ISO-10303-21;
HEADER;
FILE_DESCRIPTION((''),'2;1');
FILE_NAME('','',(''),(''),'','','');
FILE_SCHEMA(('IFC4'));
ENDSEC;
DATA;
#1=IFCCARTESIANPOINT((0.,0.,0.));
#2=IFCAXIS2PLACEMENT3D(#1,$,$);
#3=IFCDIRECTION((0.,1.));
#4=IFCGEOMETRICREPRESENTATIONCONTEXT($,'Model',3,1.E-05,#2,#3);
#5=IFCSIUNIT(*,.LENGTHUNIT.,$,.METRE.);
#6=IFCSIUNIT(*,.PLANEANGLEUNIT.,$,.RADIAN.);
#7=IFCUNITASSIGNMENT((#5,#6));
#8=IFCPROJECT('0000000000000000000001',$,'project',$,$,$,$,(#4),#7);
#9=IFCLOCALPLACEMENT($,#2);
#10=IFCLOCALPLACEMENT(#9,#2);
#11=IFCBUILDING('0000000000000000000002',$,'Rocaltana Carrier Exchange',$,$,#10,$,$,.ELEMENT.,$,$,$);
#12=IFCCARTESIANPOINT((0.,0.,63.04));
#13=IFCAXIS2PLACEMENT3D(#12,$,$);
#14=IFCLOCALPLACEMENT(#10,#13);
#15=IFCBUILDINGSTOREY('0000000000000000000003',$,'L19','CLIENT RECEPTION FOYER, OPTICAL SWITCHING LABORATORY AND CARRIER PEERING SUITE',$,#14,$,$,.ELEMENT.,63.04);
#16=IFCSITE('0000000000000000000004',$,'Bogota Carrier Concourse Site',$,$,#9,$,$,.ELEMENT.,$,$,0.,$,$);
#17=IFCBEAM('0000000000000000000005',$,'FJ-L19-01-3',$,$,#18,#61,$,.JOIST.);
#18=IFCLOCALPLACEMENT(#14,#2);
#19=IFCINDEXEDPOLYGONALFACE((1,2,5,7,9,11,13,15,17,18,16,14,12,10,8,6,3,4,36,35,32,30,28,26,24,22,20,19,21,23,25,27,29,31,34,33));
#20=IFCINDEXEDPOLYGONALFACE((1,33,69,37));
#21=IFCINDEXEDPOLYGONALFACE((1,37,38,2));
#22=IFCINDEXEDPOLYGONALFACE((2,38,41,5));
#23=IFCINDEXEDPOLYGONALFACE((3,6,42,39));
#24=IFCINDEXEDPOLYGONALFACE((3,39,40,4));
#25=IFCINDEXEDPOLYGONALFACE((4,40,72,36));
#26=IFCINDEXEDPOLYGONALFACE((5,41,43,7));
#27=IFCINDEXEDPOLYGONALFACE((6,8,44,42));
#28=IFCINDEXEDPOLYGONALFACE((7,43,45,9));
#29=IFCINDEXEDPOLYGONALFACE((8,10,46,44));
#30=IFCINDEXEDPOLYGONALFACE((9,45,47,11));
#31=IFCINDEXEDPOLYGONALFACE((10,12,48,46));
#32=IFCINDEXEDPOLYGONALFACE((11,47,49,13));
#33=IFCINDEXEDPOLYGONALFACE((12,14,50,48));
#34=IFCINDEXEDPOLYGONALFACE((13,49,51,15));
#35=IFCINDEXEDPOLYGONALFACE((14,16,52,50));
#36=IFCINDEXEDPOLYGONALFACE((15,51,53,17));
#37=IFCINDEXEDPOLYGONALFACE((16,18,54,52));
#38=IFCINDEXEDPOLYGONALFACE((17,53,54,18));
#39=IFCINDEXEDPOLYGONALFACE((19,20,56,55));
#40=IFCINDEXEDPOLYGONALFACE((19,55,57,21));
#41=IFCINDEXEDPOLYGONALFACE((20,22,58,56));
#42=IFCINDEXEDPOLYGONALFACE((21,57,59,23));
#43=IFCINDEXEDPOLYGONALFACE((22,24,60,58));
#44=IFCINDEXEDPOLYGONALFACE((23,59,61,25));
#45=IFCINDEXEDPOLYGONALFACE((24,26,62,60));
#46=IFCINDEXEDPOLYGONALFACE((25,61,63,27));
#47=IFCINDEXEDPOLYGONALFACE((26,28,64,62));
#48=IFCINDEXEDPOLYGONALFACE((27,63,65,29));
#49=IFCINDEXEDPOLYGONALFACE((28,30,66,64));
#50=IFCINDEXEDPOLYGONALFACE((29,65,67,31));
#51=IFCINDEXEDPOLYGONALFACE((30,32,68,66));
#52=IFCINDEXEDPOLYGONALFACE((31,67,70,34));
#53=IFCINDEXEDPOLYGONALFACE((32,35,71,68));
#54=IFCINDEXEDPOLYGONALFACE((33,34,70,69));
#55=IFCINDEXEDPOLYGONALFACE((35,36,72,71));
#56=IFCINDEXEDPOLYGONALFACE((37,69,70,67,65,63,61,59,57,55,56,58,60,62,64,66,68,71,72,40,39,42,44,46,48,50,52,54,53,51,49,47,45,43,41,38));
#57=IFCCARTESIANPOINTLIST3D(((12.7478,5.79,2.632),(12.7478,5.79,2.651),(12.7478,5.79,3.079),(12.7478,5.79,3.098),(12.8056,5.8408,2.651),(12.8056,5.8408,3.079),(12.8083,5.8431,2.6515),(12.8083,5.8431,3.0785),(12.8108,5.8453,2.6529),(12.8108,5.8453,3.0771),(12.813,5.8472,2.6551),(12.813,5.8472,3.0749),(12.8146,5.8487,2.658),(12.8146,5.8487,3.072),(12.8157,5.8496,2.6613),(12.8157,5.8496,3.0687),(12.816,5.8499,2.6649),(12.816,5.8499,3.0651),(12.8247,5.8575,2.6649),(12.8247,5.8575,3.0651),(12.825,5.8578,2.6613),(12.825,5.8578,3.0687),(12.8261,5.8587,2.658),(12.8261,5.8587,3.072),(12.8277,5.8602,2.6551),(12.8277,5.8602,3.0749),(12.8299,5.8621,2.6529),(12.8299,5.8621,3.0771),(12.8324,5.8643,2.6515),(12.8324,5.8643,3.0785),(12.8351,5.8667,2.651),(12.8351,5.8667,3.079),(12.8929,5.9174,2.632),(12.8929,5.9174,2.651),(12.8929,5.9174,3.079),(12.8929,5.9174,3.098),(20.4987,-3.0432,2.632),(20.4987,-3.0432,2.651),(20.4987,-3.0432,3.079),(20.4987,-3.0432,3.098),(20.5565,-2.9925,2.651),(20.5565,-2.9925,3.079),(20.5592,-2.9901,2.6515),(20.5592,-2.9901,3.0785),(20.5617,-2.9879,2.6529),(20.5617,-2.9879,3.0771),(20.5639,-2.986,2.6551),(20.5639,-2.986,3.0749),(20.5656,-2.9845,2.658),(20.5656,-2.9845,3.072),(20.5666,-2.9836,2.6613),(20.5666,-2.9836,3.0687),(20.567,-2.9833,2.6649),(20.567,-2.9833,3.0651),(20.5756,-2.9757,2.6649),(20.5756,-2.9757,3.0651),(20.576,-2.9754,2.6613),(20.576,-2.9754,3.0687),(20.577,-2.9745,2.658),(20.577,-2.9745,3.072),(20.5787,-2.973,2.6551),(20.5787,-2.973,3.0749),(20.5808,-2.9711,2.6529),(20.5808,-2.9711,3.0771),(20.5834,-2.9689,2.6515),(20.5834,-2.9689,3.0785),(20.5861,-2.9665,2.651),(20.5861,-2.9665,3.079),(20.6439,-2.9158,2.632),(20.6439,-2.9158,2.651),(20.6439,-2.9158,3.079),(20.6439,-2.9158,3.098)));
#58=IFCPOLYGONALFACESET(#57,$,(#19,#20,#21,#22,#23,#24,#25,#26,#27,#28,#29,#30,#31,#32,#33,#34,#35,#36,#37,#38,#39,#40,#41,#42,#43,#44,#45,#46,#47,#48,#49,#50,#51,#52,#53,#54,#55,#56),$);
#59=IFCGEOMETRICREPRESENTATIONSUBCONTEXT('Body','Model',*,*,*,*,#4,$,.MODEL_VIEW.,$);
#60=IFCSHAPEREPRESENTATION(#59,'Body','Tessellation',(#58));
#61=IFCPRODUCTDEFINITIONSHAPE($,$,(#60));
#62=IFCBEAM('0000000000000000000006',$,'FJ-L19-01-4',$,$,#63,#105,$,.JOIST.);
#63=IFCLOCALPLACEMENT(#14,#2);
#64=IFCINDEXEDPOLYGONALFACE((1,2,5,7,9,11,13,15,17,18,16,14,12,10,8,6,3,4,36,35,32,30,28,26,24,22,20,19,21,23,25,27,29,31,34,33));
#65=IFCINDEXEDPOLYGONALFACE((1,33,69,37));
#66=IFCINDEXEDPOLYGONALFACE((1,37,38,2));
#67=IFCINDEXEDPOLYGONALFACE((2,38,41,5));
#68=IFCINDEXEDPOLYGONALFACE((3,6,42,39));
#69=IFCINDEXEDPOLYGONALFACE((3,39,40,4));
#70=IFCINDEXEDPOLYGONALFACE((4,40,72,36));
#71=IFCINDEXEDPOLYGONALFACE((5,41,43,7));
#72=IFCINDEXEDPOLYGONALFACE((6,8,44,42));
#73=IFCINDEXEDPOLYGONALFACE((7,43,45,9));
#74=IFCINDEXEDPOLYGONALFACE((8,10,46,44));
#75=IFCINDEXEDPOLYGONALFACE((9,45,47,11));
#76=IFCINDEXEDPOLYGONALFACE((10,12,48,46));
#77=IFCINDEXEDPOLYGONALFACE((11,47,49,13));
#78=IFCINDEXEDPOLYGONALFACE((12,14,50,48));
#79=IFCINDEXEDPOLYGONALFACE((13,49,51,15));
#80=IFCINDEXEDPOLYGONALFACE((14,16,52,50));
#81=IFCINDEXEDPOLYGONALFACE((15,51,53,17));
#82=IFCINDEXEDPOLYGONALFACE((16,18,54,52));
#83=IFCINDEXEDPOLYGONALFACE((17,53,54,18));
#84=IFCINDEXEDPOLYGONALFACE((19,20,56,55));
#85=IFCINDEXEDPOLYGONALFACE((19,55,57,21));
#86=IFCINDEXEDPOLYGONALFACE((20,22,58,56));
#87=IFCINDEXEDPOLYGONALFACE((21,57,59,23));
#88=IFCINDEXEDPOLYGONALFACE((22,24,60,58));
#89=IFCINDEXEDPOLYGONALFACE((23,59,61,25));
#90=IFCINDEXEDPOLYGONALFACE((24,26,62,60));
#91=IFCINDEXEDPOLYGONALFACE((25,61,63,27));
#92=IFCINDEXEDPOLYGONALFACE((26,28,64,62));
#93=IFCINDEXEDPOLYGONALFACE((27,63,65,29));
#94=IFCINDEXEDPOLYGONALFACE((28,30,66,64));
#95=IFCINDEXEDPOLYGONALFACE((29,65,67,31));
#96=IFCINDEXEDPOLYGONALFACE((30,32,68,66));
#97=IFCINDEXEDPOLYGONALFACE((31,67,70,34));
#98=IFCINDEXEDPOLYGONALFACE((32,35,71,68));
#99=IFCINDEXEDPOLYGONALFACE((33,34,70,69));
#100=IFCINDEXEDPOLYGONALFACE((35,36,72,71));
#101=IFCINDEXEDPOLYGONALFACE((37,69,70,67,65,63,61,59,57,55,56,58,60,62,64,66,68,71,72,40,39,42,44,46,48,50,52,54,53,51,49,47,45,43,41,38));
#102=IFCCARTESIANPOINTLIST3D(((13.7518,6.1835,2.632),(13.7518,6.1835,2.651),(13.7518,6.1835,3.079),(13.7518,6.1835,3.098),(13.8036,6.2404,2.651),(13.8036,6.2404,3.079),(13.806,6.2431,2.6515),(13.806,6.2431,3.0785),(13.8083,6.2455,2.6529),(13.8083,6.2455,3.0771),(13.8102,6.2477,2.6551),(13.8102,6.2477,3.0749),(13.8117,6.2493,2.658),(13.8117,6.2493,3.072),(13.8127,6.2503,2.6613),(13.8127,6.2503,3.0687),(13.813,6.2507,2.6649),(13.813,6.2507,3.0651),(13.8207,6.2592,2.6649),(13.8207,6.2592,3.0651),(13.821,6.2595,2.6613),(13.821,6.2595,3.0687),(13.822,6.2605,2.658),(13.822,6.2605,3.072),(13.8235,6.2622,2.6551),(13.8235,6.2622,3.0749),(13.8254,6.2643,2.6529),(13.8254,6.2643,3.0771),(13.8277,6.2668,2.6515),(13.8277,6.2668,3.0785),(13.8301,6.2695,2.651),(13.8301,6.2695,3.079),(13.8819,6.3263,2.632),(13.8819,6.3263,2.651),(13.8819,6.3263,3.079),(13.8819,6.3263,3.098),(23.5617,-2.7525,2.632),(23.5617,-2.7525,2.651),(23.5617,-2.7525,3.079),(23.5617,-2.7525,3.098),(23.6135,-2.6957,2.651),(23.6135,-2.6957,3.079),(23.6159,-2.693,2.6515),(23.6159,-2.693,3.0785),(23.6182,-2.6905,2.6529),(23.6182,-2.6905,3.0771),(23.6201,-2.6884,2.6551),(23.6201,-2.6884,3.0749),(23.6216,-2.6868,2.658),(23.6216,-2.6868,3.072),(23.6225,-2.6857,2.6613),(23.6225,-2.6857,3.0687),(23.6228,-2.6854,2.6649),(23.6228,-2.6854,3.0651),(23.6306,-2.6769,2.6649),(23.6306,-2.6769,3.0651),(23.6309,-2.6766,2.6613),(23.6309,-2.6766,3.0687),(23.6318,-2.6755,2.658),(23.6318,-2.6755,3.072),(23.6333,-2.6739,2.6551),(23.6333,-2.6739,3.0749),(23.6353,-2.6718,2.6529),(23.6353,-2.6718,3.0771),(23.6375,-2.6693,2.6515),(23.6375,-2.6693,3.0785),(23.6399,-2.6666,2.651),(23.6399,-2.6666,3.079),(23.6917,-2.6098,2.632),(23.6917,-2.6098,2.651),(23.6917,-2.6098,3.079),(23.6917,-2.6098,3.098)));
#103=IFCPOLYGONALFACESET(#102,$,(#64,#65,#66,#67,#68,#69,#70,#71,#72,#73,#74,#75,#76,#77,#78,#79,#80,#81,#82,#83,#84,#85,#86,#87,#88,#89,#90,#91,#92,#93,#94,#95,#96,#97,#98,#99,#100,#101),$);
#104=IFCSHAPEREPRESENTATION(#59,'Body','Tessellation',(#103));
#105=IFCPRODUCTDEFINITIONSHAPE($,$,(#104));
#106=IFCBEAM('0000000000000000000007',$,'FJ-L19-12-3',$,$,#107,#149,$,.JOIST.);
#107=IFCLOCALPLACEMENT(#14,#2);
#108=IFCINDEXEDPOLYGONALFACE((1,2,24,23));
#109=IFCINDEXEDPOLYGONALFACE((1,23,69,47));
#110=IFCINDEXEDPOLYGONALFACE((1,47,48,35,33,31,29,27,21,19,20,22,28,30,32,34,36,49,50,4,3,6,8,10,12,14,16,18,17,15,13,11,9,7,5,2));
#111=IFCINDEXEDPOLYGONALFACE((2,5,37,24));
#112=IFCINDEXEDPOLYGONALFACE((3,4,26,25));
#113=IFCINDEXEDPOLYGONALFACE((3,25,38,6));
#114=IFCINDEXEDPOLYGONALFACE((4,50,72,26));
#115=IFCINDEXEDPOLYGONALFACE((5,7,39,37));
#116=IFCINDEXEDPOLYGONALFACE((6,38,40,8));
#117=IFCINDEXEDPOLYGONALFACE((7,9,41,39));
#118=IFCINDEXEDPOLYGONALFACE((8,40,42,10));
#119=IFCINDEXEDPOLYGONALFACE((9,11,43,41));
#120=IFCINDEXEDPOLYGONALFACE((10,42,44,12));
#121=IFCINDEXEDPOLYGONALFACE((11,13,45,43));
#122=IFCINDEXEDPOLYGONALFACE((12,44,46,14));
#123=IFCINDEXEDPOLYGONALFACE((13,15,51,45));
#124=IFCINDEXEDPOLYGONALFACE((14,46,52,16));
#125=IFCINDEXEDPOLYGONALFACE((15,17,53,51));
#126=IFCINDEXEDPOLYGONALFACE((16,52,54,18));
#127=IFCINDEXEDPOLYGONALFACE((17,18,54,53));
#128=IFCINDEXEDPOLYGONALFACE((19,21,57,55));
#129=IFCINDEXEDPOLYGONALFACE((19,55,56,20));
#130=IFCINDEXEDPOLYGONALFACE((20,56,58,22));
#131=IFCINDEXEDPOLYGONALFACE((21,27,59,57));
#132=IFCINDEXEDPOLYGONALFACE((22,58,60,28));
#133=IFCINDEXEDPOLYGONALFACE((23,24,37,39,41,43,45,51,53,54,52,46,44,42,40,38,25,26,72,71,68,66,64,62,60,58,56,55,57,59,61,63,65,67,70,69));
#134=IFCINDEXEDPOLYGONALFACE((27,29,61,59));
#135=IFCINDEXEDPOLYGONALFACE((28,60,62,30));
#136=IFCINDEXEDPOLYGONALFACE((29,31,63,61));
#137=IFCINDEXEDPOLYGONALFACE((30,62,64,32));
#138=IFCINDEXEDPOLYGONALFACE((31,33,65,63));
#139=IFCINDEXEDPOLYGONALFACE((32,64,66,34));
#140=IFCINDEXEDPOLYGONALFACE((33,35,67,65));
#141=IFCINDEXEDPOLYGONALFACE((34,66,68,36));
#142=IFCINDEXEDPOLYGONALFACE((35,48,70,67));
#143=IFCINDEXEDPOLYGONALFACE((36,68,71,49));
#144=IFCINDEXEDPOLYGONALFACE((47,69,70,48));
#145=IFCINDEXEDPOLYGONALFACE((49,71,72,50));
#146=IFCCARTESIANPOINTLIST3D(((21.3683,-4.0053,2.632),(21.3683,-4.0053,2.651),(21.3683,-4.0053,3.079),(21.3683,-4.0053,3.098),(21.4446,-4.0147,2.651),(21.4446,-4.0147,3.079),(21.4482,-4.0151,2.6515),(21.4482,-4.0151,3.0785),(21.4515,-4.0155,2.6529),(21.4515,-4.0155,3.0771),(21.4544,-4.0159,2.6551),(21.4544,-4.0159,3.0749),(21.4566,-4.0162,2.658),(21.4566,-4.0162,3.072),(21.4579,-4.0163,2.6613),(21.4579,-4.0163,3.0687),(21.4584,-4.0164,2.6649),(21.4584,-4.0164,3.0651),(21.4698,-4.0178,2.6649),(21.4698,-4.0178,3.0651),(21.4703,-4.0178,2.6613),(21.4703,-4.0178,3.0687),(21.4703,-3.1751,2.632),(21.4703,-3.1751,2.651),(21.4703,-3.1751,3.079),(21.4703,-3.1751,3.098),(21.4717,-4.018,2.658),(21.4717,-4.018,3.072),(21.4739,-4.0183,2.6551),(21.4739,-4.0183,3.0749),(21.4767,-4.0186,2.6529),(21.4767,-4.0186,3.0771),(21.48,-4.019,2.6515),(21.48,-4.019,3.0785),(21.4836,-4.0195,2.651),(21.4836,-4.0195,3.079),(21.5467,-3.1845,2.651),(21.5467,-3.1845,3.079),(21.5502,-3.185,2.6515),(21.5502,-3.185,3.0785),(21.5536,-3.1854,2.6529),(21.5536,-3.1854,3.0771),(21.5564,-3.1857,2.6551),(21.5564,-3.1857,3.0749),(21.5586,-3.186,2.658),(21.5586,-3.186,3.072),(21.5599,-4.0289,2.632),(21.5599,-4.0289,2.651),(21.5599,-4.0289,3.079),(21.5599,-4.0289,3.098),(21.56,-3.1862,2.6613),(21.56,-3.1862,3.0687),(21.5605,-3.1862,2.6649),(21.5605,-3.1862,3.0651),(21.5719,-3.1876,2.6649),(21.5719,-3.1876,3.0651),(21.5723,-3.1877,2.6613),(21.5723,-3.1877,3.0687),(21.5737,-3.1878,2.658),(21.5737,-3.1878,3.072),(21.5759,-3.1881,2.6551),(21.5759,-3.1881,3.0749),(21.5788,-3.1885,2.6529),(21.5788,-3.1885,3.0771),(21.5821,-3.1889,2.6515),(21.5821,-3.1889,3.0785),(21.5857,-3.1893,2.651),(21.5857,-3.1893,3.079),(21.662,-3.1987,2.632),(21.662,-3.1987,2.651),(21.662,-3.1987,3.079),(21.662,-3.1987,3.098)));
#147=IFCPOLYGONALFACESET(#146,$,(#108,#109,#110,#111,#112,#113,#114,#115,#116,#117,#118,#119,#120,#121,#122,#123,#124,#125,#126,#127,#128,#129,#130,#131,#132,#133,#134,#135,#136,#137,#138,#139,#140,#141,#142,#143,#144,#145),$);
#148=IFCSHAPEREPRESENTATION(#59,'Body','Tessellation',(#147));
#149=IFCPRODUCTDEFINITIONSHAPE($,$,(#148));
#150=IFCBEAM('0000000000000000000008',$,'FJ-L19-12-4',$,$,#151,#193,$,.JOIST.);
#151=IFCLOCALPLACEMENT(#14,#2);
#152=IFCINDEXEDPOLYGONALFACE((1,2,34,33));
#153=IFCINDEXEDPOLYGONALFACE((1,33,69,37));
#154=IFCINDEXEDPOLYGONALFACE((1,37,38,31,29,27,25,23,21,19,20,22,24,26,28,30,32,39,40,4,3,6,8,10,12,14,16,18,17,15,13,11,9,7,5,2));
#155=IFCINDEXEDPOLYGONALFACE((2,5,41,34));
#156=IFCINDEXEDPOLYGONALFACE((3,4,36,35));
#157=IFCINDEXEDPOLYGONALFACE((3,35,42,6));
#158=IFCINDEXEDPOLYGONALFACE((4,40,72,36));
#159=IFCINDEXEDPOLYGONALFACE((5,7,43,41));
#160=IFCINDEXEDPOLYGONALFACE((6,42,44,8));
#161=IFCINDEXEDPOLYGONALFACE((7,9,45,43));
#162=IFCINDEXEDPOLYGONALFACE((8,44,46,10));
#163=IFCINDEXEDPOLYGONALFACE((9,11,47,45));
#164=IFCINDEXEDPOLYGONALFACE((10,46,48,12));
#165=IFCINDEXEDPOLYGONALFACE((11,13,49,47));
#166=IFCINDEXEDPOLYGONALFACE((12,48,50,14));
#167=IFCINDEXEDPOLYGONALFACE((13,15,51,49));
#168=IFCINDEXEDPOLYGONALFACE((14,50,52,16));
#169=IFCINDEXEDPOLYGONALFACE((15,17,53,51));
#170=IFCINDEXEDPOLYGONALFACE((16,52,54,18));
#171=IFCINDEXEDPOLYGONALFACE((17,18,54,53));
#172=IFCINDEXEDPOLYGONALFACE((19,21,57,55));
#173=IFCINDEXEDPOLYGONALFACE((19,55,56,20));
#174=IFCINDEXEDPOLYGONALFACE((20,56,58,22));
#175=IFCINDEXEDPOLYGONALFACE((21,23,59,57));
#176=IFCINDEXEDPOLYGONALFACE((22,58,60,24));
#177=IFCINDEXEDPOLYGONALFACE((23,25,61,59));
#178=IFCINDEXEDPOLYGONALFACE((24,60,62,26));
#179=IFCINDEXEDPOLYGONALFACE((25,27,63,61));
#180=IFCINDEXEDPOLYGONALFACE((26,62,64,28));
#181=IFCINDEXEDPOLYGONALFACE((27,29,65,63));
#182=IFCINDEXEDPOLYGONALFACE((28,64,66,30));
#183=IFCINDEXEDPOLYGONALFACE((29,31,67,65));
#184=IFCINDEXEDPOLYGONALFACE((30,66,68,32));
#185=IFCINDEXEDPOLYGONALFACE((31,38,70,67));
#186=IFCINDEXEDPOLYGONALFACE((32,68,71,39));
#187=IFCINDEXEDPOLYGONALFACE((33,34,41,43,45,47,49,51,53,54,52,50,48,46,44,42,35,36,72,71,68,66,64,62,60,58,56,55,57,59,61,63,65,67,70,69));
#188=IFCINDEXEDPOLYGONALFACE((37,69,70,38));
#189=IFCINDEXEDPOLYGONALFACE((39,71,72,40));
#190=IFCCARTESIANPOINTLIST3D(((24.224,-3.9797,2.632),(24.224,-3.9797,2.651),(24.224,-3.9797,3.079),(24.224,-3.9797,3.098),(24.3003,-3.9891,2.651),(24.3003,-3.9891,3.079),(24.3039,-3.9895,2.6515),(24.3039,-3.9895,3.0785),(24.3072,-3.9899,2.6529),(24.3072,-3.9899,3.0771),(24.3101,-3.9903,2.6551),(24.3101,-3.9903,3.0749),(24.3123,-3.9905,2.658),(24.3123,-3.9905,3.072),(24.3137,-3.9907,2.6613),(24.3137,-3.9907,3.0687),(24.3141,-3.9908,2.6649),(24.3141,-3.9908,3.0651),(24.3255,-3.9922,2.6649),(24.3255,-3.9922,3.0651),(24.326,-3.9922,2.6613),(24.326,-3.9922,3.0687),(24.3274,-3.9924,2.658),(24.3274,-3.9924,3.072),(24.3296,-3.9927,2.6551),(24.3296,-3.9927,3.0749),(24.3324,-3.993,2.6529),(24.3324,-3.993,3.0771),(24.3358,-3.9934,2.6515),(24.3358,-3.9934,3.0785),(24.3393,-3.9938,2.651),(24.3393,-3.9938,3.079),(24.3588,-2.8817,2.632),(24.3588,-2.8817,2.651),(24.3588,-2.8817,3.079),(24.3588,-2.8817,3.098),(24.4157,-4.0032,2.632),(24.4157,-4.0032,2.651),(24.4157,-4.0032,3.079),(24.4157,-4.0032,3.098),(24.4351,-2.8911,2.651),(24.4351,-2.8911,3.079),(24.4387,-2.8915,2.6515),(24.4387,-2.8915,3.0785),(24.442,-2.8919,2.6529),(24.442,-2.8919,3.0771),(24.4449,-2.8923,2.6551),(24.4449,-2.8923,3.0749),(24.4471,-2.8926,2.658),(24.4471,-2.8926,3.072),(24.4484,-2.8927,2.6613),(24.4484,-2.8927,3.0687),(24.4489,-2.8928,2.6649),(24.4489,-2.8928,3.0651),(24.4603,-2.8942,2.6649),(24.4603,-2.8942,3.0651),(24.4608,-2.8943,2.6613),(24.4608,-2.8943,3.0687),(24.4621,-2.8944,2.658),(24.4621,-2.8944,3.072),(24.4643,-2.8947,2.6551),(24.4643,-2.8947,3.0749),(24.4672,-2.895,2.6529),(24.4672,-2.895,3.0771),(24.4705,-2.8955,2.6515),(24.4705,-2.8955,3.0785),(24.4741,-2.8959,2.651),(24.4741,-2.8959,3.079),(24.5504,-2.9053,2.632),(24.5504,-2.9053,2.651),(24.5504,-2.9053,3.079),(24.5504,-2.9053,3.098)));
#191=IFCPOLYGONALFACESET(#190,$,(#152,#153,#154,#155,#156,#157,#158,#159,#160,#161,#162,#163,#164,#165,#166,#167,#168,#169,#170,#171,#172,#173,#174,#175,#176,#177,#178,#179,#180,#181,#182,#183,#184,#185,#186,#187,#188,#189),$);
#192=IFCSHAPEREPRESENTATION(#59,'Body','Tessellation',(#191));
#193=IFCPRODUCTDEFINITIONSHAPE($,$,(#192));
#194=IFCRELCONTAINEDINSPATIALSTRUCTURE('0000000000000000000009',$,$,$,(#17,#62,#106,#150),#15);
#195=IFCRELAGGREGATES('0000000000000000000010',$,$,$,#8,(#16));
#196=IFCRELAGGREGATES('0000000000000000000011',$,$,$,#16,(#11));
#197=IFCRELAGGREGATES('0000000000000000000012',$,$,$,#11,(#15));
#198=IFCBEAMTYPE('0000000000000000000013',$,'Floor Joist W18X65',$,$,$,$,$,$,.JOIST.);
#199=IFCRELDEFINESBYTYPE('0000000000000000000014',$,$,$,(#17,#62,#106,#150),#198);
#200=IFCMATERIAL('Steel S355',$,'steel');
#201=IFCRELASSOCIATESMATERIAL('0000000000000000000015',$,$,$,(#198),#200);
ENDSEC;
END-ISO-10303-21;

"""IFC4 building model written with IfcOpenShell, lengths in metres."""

from ifc_helpers import new_model, si_unit, direction, frame, origin, origin_2d, place, context, subcontext, project, spatial, i_section, extrude, material, material_profile, profile_set, type_object, element, save


model = new_model("IFC4")

# Units and contexts
model_context = context("Model", 3, precision=1e-05, world=origin(), true_north=direction((0.0, 1.0)))
body_context = subcontext(model_context, "Body", "Model", "MODEL_VIEW")
ifc_project = project(units=[si_unit("LENGTHUNIT", "METRE"), si_unit("PLANEANGLEUNIT", "RADIAN")], contexts=[model_context])

# Site, building, storey
site_placement = place(None, origin())
site = spatial("IfcSite", under=ifc_project, at=site_placement, Name="Bogota Carrier Concourse Site", CompositionType="ELEMENT", RefElevation=0.0)
building_placement = place(site_placement, origin())
building = spatial("IfcBuilding", under=site, at=building_placement, Name="Rocaltana Carrier Exchange", CompositionType="ELEMENT")
storey_placement = place(building_placement, frame((0.0, 0.0, 63.04)))
storey = spatial("IfcBuildingStorey", under=building, at=storey_placement, Name="L19", Description="CLIENT RECEPTION FOYER, OPTICAL SWITCHING LABORATORY AND CARRIER PEERING SUITE", CompositionType="ELEMENT", Elevation=63.04)

# Beams
ifc_material_1 = material(Name="Steel S355", Category="steel")
ifc_material_profile_1 = material_profile(ifc_material_1, i_section(OverallWidth=0.1931, OverallDepth=0.4661, WebThickness=0.0115, FlangeThickness=0.019, FilletRadius=0.0139, at=origin_2d()), Name="W18X65")
ifc_profile_set_1 = profile_set([ifc_material_profile_1], Name="Steel S355")
beam_type_1 = type_object("IfcBeamType", Name="Floor Joist W18X65", PredefinedType="JOIST", material=ifc_profile_set_1)
beam_1_placement = place(storey_placement, frame((20.5713, -2.9795, 2.865), z_axis=(-0.659559, 0.751653, 0.0), x_axis=(-0.751653, -0.659559, 0.0)))
element("IfcBeam", 1, at=beam_1_placement, inside=storey, type_object=beam_type_1, Name="FJ-L19-01-3", PredefinedType="JOIST", context=body_context, shape_type="SweptSolid", body=[
    extrude(i_section(OverallWidth=0.1931, OverallDepth=0.4661, WebThickness=0.0115, FlangeThickness=0.019, FilletRadius=0.0139, at=origin_2d()), origin(), (0.0, 0.0, 1.0), 11.7517),
])
beam_2_placement = place(storey_placement, frame((23.6267, -2.6812, 2.865), z_axis=(-0.739264, 0.673416, 0.0), x_axis=(-0.673416, -0.739264, 0.0)))
element("IfcBeam", 2, at=beam_2_placement, inside=storey, type_object=beam_type_1, Name="FJ-L19-01-4", PredefinedType="JOIST", context=body_context, shape_type="SweptSolid", body=[
    extrude(i_section(OverallWidth=0.1931, OverallDepth=0.4661, WebThickness=0.0115, FlangeThickness=0.019, FilletRadius=0.0139, at=origin_2d()), origin(), (0.0, 0.0, 1.0), 13.2698),
])
beam_3_placement = place(storey_placement, frame((21.4641, -4.0171, 2.865), z_axis=(0.122022, 0.992527, 0.0), x_axis=(-0.992527, 0.122022, 0.0)))
element("IfcBeam", 3, at=beam_3_placement, inside=storey, type_object=beam_type_1, Name="FJ-L19-12-3", PredefinedType="JOIST", context=body_context, shape_type="SweptSolid", body=[
    extrude(i_section(OverallWidth=0.1931, OverallDepth=0.4661, WebThickness=0.0115, FlangeThickness=0.019, FilletRadius=0.0139, at=origin_2d()), origin(), (0.0, 0.0, 1.0), 0.8364),
])
beam_4_placement = place(storey_placement, frame((24.3198, -3.9915, 2.865), z_axis=(0.121834, 0.99255, 0.0), x_axis=(-0.99255, 0.121834, 0.0)))
element("IfcBeam", 4, at=beam_4_placement, inside=storey, type_object=beam_type_1, Name="FJ-L19-12-4", PredefinedType="JOIST", context=body_context, shape_type="SweptSolid", body=[
    extrude(i_section(OverallWidth=0.1931, OverallDepth=0.4661, WebThickness=0.0115, FlangeThickness=0.019, FilletRadius=0.0139, at=origin_2d()), origin(), (0.0, 0.0, 1.0), 1.1062),
])

save(model, "model.ifc")
